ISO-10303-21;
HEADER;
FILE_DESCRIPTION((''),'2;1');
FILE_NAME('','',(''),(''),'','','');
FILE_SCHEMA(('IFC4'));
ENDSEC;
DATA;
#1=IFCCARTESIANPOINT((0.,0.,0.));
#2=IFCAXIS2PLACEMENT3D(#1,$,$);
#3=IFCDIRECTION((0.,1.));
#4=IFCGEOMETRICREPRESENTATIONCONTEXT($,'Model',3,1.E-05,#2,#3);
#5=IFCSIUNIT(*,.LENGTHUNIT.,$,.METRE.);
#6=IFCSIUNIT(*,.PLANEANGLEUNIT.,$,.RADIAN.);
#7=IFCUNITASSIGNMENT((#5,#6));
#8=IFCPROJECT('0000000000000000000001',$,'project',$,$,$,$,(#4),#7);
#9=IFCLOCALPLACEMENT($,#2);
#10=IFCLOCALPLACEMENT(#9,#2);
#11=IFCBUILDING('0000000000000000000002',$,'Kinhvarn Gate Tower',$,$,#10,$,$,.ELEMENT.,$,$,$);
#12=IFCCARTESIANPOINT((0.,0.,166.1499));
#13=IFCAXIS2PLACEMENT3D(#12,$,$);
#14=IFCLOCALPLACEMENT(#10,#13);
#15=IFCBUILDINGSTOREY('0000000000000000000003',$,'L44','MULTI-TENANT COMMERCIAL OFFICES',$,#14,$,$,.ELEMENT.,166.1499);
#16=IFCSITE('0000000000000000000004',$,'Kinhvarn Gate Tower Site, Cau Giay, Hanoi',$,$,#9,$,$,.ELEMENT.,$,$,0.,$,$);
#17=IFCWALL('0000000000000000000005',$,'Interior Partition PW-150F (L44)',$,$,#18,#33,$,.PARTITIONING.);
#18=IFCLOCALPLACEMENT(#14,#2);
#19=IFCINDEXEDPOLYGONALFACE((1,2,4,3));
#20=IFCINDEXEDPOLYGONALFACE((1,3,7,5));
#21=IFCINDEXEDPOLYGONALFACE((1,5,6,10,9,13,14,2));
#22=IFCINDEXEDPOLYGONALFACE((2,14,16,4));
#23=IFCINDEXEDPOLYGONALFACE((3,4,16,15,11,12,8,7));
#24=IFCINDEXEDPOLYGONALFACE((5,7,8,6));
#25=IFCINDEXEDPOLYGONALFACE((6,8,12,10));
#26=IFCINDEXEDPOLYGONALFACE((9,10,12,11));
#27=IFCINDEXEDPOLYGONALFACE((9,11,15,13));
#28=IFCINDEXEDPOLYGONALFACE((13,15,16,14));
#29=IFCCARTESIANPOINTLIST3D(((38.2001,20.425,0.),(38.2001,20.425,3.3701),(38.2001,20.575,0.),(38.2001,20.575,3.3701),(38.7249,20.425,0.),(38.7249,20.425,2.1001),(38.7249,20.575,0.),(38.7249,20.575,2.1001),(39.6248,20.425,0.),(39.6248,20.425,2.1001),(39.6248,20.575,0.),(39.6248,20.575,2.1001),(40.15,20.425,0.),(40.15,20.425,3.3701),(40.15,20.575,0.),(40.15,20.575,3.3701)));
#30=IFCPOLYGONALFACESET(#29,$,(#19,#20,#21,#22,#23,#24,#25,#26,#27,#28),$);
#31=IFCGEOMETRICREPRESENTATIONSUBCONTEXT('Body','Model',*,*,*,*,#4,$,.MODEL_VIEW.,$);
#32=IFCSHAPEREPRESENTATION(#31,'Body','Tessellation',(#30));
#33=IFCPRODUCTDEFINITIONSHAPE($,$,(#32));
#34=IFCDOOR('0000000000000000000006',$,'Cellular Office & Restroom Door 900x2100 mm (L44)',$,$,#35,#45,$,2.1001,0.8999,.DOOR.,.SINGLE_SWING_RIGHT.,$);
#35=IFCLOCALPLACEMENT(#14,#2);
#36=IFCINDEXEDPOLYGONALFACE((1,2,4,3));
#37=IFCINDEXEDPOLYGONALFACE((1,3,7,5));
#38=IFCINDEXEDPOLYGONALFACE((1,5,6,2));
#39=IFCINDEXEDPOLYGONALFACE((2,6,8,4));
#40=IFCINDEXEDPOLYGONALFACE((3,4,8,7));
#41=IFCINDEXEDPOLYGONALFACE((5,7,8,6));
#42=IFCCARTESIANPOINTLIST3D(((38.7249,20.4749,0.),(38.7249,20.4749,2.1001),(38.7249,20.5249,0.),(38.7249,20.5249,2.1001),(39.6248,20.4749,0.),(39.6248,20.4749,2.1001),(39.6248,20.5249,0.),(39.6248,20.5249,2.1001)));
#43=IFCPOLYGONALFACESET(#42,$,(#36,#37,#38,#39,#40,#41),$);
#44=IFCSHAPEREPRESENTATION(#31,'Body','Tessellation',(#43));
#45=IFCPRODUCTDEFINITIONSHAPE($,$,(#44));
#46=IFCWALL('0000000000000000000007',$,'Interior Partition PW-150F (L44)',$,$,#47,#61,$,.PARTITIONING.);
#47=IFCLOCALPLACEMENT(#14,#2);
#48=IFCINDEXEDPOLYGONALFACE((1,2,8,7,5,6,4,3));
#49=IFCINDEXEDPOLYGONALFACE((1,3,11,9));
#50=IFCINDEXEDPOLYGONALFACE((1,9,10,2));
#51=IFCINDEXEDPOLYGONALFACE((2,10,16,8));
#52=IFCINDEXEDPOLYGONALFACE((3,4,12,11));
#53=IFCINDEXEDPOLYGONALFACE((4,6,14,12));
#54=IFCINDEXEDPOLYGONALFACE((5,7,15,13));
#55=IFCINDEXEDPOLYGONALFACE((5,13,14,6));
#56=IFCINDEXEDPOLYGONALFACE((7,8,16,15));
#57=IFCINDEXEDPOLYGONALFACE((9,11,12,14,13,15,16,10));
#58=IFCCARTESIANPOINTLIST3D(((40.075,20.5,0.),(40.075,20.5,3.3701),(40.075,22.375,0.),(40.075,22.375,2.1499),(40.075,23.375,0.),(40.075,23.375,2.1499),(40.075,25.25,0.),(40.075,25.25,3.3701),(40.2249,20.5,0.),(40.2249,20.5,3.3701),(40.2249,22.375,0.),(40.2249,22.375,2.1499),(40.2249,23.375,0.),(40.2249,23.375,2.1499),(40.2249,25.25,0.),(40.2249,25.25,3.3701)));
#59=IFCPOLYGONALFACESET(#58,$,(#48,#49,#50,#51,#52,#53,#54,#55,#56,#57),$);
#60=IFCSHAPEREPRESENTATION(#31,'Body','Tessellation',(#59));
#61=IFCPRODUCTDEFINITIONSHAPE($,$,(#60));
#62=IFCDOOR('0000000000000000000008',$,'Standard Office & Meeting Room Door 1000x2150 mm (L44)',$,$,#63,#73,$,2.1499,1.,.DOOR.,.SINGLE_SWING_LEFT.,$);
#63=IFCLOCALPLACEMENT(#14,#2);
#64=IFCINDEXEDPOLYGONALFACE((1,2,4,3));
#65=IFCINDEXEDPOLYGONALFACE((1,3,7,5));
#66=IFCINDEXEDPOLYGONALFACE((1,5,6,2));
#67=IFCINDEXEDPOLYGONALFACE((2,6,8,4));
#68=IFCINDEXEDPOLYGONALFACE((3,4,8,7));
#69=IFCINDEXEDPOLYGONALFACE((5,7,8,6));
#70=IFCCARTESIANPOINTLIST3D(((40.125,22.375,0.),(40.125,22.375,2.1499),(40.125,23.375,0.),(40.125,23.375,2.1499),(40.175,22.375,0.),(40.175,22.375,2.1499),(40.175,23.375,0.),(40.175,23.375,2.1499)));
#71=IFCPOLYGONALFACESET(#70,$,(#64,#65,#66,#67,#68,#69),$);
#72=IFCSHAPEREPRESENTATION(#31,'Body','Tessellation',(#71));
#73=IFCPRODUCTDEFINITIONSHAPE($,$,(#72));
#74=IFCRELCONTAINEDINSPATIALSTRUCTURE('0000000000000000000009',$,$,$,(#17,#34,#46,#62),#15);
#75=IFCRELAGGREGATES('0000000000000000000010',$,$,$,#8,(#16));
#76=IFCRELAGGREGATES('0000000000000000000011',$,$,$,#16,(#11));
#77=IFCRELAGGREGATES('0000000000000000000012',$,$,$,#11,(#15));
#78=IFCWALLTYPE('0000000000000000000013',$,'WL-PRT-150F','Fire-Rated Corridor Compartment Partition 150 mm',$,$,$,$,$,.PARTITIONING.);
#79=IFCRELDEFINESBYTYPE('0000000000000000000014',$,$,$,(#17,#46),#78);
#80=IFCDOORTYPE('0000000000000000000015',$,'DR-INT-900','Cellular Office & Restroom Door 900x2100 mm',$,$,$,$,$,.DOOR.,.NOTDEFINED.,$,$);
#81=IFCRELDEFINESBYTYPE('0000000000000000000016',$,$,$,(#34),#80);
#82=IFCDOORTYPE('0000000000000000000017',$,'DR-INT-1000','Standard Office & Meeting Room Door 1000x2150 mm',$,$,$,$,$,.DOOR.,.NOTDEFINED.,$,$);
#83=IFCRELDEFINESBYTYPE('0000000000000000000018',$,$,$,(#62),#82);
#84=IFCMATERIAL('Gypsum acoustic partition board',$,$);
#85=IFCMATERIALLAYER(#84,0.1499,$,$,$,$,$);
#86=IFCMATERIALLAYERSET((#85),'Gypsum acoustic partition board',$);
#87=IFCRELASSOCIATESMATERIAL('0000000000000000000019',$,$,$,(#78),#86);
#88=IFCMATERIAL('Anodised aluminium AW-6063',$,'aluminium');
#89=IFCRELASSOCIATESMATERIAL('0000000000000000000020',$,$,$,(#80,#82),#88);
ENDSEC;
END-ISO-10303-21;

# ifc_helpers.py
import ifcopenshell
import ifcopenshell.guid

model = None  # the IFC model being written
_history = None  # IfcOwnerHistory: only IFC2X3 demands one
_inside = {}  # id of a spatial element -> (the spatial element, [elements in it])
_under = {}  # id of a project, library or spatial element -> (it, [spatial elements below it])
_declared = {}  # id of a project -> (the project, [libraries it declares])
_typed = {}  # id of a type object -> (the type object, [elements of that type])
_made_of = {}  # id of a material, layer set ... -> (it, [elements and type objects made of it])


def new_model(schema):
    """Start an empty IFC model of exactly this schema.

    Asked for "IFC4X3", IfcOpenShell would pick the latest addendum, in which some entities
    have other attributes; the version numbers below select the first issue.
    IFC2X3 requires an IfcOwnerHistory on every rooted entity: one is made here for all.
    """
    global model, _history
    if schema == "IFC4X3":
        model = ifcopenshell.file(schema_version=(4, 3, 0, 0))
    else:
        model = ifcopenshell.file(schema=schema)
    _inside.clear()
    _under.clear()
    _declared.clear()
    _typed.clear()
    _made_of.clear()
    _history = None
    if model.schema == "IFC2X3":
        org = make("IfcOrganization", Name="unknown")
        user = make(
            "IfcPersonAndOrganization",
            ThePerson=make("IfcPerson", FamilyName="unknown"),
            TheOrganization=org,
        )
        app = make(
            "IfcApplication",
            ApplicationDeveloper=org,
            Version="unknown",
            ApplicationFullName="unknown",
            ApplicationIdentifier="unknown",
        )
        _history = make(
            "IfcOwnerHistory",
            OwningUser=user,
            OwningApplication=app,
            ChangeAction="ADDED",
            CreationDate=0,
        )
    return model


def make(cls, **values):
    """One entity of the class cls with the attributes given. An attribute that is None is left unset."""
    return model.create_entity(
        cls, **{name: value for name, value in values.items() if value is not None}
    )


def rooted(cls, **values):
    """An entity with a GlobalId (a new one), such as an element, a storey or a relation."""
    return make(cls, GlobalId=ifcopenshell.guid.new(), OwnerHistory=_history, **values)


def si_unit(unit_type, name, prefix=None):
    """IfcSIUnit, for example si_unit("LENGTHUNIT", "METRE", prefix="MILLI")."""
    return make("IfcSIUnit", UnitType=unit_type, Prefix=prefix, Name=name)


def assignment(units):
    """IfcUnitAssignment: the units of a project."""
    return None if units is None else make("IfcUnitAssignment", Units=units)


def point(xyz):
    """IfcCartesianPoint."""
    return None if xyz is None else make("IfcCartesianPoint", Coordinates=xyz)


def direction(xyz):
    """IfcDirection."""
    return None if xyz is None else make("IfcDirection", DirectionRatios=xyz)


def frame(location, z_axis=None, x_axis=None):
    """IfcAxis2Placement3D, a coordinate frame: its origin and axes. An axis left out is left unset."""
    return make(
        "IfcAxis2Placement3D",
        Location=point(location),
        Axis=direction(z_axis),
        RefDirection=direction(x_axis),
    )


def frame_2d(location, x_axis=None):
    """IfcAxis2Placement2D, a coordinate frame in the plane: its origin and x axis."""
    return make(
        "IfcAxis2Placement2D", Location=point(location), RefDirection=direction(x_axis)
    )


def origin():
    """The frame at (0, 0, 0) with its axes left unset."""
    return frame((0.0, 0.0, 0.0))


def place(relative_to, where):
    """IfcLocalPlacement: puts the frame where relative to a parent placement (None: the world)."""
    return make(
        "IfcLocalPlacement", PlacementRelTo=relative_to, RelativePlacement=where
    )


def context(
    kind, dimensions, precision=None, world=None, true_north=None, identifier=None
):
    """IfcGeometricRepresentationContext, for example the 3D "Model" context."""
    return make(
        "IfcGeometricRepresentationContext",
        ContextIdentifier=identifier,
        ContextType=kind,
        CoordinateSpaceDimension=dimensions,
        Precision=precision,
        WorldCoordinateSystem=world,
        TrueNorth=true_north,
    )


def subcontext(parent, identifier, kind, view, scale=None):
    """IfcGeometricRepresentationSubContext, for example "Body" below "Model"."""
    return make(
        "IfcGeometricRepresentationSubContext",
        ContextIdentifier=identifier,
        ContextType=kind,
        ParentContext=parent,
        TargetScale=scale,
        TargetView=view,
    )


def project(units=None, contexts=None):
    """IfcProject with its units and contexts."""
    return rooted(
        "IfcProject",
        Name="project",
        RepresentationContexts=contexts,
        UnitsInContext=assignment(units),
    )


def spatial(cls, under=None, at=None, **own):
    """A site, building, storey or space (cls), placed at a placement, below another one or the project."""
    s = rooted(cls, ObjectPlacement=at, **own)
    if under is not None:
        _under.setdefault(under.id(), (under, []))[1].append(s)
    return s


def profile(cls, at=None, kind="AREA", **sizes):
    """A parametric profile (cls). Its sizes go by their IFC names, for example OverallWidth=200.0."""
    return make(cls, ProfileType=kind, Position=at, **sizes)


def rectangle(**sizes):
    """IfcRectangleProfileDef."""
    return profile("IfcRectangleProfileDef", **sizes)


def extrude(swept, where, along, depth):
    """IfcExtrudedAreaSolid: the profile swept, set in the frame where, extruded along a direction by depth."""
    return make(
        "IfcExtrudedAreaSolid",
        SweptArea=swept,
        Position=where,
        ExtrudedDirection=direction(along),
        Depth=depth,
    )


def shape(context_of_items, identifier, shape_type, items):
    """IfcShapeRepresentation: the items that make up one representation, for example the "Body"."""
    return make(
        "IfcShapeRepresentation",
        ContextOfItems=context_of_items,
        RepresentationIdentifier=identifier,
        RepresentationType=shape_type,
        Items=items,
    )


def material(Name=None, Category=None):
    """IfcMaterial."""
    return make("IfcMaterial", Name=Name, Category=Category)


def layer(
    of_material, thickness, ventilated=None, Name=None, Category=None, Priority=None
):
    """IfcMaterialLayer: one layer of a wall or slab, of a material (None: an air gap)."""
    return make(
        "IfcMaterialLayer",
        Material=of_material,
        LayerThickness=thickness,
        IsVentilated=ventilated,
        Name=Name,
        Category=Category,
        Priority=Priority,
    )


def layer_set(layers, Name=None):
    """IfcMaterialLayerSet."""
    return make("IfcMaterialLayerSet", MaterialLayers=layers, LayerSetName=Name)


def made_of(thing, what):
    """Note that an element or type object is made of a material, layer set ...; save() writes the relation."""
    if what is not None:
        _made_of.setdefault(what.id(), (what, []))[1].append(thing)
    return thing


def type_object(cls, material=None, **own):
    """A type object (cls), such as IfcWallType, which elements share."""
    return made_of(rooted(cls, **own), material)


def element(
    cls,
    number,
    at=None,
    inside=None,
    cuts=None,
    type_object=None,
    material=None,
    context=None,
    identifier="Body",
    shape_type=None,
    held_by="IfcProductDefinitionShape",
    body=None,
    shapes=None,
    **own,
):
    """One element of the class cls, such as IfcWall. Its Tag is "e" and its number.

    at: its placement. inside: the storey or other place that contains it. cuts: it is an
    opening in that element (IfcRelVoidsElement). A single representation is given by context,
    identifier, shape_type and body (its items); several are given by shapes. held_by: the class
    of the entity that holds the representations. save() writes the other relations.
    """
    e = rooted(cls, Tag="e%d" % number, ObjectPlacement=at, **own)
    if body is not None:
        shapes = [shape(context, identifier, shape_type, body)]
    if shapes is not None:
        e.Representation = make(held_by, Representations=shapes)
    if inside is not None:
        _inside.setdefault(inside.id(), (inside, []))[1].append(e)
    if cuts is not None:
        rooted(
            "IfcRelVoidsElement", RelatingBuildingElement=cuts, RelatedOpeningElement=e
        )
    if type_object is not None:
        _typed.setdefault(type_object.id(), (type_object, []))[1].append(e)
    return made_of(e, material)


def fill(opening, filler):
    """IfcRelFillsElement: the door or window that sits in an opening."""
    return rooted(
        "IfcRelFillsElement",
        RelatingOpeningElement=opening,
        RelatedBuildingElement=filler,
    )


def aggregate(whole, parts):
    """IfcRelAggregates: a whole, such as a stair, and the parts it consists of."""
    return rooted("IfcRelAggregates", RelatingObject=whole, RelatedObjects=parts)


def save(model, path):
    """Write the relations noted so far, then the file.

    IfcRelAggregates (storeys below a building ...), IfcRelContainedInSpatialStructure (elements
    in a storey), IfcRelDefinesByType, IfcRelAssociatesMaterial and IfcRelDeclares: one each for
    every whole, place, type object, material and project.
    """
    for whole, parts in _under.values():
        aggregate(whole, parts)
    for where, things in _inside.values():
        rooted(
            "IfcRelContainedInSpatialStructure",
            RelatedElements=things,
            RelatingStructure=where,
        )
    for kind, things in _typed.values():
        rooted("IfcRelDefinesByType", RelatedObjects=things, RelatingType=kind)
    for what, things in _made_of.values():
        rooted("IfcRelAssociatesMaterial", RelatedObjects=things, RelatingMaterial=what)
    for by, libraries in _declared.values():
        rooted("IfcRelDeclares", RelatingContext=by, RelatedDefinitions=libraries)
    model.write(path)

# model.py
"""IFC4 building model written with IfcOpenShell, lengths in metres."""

from ifc_helpers import new_model, si_unit, direction, frame, frame_2d, origin, place, context, subcontext, project, spatial, rectangle, extrude, material, layer, layer_set, type_object, element, fill, save


model = new_model("IFC4")

# Units and contexts
model_context = context("Model", 3, precision=1e-05, world=origin(), true_north=direction((0.0, 1.0)))
body_context = subcontext(model_context, "Body", "Model", "MODEL_VIEW")
ifc_project = project(units=[si_unit("LENGTHUNIT", "METRE"), si_unit("PLANEANGLEUNIT", "RADIAN")], contexts=[model_context])

# Site, building, storey
site_placement = place(None, origin())
site = spatial("IfcSite", under=ifc_project, at=site_placement, Name="Kinhvarn Gate Tower Site, Cau Giay, Hanoi", CompositionType="ELEMENT", RefElevation=0.0)
building_placement = place(site_placement, origin())
building = spatial("IfcBuilding", under=site, at=building_placement, Name="Kinhvarn Gate Tower", CompositionType="ELEMENT")
storey_placement = place(building_placement, frame((0.0, 0.0, 166.1499)))
storey = spatial("IfcBuildingStorey", under=building, at=storey_placement, Name="L44", Description="MULTI-TENANT COMMERCIAL OFFICES", CompositionType="ELEMENT", Elevation=166.1499)

# Shared definitions
ifc_material_1 = material(Name="Anodised aluminium AW-6063", Category="aluminium")

# Shared definitions
ifc_material_2 = material(Name="Gypsum acoustic partition board")
ifc_layer_1 = layer(ifc_material_2, 0.1499)
ifc_layer_set_1 = layer_set([ifc_layer_1], Name="Gypsum acoustic partition board")
wall_type_1 = type_object("IfcWallType", Name="WL-PRT-150F", Description="Fire-Rated Corridor Compartment Partition 150 mm", PredefinedType="PARTITIONING", material=ifc_layer_set_1)

# Walls, openings, doors
wall_1_placement = place(storey_placement, frame((38.2, 20.5, 0.0), z_axis=(0.0, 0.0, 1.0), x_axis=(1.0, 0.0, 0.0)))
wall_1 = element("IfcWall", 1, at=wall_1_placement, inside=storey, type_object=wall_type_1, Name="Interior Partition PW-150F (L44)", PredefinedType="PARTITIONING", context=body_context, shape_type="SweptSolid", body=[
    extrude(rectangle(XDim=1.95, YDim=0.1499, at=frame_2d((0.9751, 0.0))), origin(), (0.0, 0.0, 1.0), 3.3701),
])
opening_1_placement = place(wall_1_placement, frame((0.5249, 0.0, 0.0)))
opening_1 = element("IfcOpeningElement", 2, at=opening_1_placement, cuts=wall_1, PredefinedType="OPENING", context=body_context, shape_type="SweptSolid", body=[
    extrude(rectangle(XDim=0.8999, YDim=2.1001, at=frame_2d((0.45, 1.05))), frame((0.0, 0.085, 0.0), z_axis=(0.0, -1.0, 0.0), x_axis=(1.0, 0.0, 0.0)), (0.0, 0.0, 1.0), 0.1699),
])
door_type_1 = type_object("IfcDoorType", Name="DR-INT-900", Description="Cellular Office & Restroom Door 900x2100 mm", OperationType="NOTDEFINED", PredefinedType="DOOR", material=ifc_material_1)
door_1_placement = place(opening_1_placement, origin())
door_1 = element("IfcDoor", 3, at=door_1_placement, inside=storey, type_object=door_type_1, Name="Cellular Office & Restroom Door 900x2100 mm (L44)", OperationType="SINGLE_SWING_RIGHT", OverallHeight=2.1001, OverallWidth=0.8999, PredefinedType="DOOR", context=body_context, shape_type="SweptSolid", body=[
    extrude(rectangle(XDim=0.8999, YDim=2.1001, at=frame_2d((0.45, 1.05))), frame((0.0, 0.0249, 0.0), z_axis=(0.0, -1.0, 0.0), x_axis=(1.0, 0.0, 0.0)), (0.0, 0.0, 1.0), 0.05),
])
fill(opening_1, door_1)
wall_2_placement = place(storey_placement, frame((40.1499, 20.5, 0.0), z_axis=(0.0, 0.0, 1.0), x_axis=(0.0, 1.0, 0.0)))
wall_2 = element("IfcWall", 4, at=wall_2_placement, inside=storey, type_object=wall_type_1, Name="Interior Partition PW-150F (L44)", PredefinedType="PARTITIONING", context=body_context, shape_type="SweptSolid", body=[
    extrude(rectangle(XDim=4.75, YDim=0.1499, at=frame_2d((2.375, 0.0))), origin(), (0.0, 0.0, 1.0), 3.3701),
])
opening_2_placement = place(wall_2_placement, frame((1.875, 0.0, 0.0)))
opening_2 = element("IfcOpeningElement", 5, at=opening_2_placement, cuts=wall_2, PredefinedType="OPENING", context=body_context, shape_type="SweptSolid", body=[
    extrude(rectangle(XDim=1.0, YDim=2.1499, at=frame_2d((0.5, 1.075))), frame((0.0, 0.085, 0.0), z_axis=(0.0, -1.0, 0.0), x_axis=(1.0, 0.0, 0.0)), (0.0, 0.0, 1.0), 0.1699),
])
door_type_2 = type_object("IfcDoorType", Name="DR-INT-1000", Description="Standard Office & Meeting Room Door 1000x2150 mm", OperationType="NOTDEFINED", PredefinedType="DOOR", material=ifc_material_1)
door_2_placement = place(opening_2_placement, origin())
door_2 = element("IfcDoor", 6, at=door_2_placement, inside=storey, type_object=door_type_2, Name="Standard Office & Meeting Room Door 1000x2150 mm (L44)", OperationType="SINGLE_SWING_LEFT", OverallHeight=2.1499, OverallWidth=1.0, PredefinedType="DOOR", context=body_context, shape_type="SweptSolid", body=[
    extrude(rectangle(XDim=1.0, YDim=2.1499, at=frame_2d((0.5, 1.075))), frame((0.0, 0.0249, 0.0), z_axis=(0.0, -1.0, 0.0), x_axis=(1.0, 0.0, 0.0)), (0.0, 0.0, 1.0), 0.05),
])
fill(opening_2, door_2)

save(model, "model.ifc")
